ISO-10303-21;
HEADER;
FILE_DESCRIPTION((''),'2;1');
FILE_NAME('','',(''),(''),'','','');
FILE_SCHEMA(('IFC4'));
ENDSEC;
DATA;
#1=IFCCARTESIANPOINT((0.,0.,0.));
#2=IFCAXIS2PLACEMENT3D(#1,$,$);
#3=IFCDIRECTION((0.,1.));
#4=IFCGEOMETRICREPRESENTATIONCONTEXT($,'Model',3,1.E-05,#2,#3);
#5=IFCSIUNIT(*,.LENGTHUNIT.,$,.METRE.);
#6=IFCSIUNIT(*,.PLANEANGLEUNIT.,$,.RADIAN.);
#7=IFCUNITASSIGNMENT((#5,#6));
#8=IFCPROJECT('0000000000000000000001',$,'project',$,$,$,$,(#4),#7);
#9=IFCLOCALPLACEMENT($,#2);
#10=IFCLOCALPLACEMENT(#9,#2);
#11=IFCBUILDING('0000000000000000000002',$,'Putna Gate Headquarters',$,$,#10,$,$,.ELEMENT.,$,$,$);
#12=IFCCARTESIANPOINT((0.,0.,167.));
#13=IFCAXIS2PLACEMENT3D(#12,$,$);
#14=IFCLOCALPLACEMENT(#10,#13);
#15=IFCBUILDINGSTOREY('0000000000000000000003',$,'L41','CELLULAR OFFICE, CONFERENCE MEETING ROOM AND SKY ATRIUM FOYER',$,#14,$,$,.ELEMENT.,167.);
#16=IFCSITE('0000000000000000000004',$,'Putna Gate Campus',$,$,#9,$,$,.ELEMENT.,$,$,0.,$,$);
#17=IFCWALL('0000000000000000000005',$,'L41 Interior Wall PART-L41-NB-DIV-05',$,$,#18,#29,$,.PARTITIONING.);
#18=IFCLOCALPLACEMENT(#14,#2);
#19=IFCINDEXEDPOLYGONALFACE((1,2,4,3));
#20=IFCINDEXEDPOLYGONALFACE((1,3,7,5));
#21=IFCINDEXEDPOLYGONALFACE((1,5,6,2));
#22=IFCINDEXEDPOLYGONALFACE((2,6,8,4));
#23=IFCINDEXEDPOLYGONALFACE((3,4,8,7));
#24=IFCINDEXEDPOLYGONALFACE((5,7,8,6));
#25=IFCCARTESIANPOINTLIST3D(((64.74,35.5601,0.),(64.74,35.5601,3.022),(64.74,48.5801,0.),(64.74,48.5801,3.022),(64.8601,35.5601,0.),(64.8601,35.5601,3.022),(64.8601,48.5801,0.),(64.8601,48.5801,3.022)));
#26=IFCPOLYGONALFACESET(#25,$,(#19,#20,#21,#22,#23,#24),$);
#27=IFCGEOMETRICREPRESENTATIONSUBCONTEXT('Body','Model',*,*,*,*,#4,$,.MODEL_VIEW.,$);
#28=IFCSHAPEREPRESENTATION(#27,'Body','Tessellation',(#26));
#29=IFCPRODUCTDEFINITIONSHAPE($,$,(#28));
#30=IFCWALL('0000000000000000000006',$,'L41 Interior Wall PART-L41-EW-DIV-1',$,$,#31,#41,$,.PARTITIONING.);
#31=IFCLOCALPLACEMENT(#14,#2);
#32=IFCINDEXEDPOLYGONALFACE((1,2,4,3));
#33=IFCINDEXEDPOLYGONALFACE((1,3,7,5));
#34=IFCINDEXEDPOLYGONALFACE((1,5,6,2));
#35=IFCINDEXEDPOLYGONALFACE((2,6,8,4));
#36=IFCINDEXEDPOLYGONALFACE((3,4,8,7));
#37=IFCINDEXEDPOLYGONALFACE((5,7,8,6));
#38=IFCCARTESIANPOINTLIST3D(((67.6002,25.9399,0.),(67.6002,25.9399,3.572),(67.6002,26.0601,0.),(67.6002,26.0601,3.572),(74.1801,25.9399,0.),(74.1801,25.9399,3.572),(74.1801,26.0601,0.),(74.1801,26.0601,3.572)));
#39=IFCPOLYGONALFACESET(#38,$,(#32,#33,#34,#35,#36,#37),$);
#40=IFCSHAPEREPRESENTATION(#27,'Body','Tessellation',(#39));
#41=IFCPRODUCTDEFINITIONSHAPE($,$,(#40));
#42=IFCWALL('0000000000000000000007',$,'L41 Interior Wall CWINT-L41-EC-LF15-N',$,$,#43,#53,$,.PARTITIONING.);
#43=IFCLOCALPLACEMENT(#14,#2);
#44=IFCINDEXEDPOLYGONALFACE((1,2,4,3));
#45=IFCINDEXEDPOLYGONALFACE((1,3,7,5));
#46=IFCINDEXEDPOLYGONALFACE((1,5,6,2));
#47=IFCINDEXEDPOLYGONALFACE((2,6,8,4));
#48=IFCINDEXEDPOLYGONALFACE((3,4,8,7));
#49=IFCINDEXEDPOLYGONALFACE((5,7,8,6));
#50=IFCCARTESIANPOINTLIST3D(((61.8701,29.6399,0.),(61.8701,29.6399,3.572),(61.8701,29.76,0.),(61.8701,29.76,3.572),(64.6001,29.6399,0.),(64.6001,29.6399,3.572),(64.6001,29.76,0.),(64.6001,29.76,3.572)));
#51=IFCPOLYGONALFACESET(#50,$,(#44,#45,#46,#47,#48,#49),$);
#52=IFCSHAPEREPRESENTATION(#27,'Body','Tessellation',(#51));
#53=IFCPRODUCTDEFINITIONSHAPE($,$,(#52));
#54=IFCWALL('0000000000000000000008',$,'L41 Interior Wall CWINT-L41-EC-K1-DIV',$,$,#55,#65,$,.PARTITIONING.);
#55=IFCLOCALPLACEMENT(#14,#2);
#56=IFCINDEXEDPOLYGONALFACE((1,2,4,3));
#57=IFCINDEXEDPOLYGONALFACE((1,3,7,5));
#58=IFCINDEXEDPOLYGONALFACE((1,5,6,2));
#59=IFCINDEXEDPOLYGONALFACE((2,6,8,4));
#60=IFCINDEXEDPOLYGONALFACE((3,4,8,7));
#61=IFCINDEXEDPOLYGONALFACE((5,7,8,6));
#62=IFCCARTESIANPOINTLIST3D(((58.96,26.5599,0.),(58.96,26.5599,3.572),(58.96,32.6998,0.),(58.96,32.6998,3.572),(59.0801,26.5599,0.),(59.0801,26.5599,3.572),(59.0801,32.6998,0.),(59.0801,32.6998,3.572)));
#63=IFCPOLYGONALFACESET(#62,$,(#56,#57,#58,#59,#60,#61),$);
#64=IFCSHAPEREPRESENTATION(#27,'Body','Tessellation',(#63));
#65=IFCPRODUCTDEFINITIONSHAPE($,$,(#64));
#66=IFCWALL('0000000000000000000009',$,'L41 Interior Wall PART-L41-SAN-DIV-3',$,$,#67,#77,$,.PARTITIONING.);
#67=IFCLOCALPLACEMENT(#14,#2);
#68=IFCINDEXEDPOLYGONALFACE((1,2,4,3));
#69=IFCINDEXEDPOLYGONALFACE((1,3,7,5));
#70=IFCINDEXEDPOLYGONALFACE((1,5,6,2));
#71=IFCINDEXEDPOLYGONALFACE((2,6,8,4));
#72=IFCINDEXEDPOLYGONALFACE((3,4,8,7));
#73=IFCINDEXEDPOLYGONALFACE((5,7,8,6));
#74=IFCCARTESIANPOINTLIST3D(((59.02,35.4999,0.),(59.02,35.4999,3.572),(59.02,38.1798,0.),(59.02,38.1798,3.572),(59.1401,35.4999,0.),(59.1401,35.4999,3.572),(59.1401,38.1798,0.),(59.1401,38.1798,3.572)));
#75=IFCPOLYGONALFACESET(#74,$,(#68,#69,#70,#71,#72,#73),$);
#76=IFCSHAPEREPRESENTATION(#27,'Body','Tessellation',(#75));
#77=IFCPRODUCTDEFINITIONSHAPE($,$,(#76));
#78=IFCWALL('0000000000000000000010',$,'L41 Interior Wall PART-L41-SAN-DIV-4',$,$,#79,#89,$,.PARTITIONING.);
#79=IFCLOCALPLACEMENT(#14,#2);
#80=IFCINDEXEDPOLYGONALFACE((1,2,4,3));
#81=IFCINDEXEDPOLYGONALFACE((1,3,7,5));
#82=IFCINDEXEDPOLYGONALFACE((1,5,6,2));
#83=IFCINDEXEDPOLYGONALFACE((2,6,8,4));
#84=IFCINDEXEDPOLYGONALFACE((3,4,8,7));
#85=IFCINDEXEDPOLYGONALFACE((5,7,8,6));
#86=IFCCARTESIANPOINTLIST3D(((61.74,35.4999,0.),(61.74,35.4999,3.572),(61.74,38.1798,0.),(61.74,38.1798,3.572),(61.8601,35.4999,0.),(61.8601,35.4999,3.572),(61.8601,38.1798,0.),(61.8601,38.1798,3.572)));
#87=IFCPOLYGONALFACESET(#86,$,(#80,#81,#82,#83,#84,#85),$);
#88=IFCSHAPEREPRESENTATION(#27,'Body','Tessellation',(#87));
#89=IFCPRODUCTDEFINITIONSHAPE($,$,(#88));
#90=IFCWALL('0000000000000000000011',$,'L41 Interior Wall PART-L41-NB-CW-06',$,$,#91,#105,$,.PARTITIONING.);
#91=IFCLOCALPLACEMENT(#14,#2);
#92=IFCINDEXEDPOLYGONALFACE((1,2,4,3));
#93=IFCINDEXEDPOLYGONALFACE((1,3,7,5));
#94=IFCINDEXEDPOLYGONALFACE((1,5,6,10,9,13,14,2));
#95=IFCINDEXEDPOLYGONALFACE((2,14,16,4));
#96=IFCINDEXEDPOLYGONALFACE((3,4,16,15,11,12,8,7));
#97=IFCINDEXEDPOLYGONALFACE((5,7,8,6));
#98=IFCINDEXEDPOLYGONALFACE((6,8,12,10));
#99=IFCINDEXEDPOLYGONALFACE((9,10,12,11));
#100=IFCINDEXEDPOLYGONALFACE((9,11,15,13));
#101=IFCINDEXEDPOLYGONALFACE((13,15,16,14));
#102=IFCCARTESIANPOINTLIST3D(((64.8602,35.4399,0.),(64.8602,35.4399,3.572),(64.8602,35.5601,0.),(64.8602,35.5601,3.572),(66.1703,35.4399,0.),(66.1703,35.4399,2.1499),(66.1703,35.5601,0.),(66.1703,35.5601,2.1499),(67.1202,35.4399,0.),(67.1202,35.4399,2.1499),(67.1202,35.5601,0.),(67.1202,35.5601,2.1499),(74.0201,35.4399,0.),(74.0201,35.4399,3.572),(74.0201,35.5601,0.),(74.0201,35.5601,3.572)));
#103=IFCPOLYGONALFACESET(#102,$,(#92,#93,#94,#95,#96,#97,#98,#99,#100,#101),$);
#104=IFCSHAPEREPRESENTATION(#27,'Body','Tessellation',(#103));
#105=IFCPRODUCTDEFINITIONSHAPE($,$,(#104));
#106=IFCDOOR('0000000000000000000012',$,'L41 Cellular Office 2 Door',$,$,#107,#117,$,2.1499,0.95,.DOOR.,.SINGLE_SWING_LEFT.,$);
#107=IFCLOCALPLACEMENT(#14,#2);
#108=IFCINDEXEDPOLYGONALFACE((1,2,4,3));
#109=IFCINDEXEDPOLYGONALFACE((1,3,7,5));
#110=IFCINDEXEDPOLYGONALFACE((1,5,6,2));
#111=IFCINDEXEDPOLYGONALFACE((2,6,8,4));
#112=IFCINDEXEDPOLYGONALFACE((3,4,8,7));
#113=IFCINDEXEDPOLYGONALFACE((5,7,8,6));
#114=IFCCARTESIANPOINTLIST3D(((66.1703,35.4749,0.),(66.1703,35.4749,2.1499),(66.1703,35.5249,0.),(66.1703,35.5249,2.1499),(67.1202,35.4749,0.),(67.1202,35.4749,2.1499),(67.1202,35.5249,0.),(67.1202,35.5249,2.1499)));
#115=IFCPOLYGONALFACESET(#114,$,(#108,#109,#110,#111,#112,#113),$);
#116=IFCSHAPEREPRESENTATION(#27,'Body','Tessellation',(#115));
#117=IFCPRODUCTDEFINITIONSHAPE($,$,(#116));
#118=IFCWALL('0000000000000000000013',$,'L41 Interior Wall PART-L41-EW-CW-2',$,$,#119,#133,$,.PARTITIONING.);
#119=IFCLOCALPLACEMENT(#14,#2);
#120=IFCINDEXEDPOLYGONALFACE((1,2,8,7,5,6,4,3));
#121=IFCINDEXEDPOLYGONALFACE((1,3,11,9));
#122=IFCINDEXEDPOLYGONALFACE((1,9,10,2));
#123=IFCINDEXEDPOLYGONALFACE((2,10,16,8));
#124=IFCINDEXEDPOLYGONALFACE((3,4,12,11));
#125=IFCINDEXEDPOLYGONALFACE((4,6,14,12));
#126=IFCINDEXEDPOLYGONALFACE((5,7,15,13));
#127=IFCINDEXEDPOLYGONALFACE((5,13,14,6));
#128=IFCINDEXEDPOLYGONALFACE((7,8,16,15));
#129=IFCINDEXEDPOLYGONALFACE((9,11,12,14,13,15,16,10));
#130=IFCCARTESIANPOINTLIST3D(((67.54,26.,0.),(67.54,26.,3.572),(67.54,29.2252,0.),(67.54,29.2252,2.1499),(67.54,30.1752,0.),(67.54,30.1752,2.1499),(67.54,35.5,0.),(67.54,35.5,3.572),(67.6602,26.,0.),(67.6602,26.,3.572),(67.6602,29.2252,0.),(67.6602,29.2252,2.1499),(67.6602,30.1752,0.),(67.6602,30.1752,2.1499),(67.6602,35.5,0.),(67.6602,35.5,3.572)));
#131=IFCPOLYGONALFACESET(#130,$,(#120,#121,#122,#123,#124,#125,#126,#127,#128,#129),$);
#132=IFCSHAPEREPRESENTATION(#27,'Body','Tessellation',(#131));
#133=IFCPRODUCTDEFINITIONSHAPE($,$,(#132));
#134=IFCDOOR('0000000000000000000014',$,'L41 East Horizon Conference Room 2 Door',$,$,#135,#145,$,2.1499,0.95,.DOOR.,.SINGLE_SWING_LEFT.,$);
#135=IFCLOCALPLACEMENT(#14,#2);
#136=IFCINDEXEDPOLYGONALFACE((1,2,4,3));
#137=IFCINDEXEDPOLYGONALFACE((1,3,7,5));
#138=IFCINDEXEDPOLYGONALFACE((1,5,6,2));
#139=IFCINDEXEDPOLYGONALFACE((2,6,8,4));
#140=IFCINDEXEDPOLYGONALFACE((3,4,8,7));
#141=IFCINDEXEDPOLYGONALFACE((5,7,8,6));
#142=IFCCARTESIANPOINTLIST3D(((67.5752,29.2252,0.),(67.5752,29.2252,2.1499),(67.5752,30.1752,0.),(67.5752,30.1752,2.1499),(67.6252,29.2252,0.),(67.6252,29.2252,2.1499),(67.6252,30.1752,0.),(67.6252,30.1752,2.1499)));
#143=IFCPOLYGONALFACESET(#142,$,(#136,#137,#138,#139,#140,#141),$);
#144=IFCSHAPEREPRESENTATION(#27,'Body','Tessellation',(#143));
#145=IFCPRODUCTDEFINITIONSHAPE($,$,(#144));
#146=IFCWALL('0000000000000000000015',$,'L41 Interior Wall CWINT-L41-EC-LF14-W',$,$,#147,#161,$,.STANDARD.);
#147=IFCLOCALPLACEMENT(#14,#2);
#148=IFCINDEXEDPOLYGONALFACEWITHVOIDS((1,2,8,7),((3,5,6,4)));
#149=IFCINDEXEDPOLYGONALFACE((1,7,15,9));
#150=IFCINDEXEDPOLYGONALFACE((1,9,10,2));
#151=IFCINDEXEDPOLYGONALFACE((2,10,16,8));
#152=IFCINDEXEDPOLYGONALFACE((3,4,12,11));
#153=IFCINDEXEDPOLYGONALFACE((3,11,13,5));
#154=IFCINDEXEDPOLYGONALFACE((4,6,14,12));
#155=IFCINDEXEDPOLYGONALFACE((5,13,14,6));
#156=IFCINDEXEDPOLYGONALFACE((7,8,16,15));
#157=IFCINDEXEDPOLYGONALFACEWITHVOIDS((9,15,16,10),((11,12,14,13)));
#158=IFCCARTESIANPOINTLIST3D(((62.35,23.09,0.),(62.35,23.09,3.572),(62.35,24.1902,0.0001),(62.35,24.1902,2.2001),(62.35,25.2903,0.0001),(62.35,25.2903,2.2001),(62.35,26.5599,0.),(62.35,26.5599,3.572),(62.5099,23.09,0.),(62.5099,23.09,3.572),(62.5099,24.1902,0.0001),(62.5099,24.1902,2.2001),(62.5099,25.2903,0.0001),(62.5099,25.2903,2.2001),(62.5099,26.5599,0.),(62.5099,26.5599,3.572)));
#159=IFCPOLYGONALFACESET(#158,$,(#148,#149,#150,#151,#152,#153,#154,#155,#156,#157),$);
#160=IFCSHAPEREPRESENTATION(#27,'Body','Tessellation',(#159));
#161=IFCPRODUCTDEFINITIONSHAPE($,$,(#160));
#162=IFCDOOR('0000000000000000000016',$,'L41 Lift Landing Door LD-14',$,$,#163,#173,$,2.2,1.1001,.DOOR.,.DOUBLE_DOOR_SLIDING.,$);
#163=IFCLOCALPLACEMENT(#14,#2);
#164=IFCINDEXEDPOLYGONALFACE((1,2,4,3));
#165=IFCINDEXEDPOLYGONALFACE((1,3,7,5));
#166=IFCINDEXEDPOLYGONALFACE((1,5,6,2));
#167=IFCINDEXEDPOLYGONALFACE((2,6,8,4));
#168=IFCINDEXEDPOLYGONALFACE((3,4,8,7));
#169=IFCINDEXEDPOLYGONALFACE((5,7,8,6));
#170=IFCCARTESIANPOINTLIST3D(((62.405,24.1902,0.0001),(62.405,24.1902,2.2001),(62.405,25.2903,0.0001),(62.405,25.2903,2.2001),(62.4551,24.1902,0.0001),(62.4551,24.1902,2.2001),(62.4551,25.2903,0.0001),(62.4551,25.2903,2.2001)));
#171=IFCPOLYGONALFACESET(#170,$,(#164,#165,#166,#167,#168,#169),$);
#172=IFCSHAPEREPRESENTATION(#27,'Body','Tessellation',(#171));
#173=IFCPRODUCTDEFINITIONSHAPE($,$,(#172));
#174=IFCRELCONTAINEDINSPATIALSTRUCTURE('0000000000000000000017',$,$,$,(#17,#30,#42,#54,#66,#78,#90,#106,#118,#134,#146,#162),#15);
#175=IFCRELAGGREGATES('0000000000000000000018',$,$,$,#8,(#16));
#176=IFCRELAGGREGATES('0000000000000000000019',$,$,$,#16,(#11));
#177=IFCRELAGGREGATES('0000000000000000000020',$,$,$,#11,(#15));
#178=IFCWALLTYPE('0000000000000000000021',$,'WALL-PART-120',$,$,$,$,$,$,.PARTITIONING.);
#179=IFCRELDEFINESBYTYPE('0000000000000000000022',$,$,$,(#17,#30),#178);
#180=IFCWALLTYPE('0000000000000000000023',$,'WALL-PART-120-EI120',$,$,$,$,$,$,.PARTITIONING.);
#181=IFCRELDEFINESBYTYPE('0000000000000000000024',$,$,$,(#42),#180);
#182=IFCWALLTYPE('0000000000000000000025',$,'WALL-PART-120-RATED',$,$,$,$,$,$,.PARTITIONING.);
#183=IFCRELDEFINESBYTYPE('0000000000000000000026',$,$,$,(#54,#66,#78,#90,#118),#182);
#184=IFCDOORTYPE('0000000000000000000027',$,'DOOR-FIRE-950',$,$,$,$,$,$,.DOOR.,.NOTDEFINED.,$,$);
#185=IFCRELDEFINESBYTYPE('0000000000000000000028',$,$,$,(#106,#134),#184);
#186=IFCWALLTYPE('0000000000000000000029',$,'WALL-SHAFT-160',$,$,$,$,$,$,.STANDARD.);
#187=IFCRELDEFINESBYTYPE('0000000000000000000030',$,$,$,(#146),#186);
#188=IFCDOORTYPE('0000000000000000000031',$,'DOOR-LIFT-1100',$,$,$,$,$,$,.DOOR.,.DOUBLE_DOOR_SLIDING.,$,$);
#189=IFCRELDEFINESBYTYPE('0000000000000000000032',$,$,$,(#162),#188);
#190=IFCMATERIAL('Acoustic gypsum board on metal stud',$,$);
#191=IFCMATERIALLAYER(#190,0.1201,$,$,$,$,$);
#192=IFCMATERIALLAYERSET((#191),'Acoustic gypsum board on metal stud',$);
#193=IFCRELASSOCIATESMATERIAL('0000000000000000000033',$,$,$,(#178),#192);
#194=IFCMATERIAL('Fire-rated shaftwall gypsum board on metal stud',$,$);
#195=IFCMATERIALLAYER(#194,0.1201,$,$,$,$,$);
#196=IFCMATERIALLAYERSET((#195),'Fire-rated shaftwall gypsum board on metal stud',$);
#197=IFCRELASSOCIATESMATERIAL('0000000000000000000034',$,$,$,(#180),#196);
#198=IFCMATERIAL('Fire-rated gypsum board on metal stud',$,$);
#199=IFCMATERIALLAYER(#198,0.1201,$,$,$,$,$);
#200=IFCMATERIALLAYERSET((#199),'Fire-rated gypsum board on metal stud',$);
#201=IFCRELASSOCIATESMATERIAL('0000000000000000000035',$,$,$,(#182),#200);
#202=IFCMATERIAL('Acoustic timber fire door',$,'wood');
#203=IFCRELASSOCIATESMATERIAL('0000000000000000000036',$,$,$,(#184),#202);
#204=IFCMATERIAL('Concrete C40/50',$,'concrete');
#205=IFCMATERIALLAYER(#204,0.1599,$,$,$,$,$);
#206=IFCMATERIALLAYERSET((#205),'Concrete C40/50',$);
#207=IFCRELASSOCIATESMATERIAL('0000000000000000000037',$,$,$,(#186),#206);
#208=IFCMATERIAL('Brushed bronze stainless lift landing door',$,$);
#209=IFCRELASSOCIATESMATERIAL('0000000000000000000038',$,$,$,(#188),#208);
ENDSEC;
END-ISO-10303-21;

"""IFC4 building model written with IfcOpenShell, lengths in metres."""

from ifc_helpers import new_model, si_unit, direction, frame, frame_2d, origin, place, context, subcontext, project, spatial, rectangle, extrude, material, layer, layer_set, type_object, element, fill, save


model = new_model("IFC4")

# Units and contexts
model_context = context("Model", 3, precision=1e-05, world=origin(), true_north=direction((0.0, 1.0)))
body_context = subcontext(model_context, "Body", "Model", "MODEL_VIEW")
ifc_project = project(units=[si_unit("LENGTHUNIT", "METRE"), si_unit("PLANEANGLEUNIT", "RADIAN")], contexts=[model_context])

# Site, building, storey
site_placement = place(None, origin())
site = spatial("IfcSite", under=ifc_project, at=site_placement, Name="Putna Gate Campus", CompositionType="ELEMENT", RefElevation=0.0)
building_placement = place(site_placement, origin())
building = spatial("IfcBuilding", under=site, at=building_placement, Name="Putna Gate Headquarters", CompositionType="ELEMENT")
storey_placement = place(building_placement, frame((0.0, 0.0, 167.0)))
storey = spatial("IfcBuildingStorey", under=building, at=storey_placement, Name="L41", Description="CELLULAR OFFICE, CONFERENCE MEETING ROOM AND SKY ATRIUM FOYER", CompositionType="ELEMENT", Elevation=167.0)

# Walls
ifc_material_1 = material(Name="Acoustic gypsum board on metal stud")
ifc_layer_1 = layer(ifc_material_1, 0.1201)
ifc_layer_set_1 = layer_set([ifc_layer_1], Name="Acoustic gypsum board on metal stud")
wall_type_1 = type_object("IfcWallType", Name="WALL-PART-120", PredefinedType="PARTITIONING", material=ifc_layer_set_1)
wall_1_placement = place(storey_placement, frame((64.8, 35.5601, 0.0), z_axis=(0.0, 0.0, 1.0), x_axis=(0.0, 1.0, 0.0)))
element("IfcWall", 1, at=wall_1_placement, inside=storey, type_object=wall_type_1, Name="L41 Interior Wall PART-L41-NB-DIV-05", PredefinedType="PARTITIONING", context=body_context, shape_type="SweptSolid", body=[
    extrude(rectangle(XDim=13.02, YDim=0.1201, at=frame_2d((6.51, 0.0))), origin(), (0.0, 0.0, 1.0), 3.022),
])
wall_2_placement = place(storey_placement, frame((67.6001, 26.0, 0.0), z_axis=(0.0, 0.0, 1.0), x_axis=(1.0, 0.0, 0.0)))
element("IfcWall", 2, at=wall_2_placement, inside=storey, type_object=wall_type_1, Name="L41 Interior Wall PART-L41-EW-DIV-1", PredefinedType="PARTITIONING", context=body_context, shape_type="SweptSolid", body=[
    extrude(rectangle(XDim=6.5798, YDim=0.1201, at=frame_2d((3.29, 0.0))), origin(), (0.0, 0.0, 1.0), 3.572),
])
ifc_material_2 = material(Name="Fire-rated shaftwall gypsum board on metal stud")
ifc_layer_2 = layer(ifc_material_2, 0.1201)
ifc_layer_set_2 = layer_set([ifc_layer_2], Name="Fire-rated shaftwall gypsum board on metal stud")
wall_type_2 = type_object("IfcWallType", Name="WALL-PART-120-EI120", PredefinedType="PARTITIONING", material=ifc_layer_set_2)
wall_3_placement = place(storey_placement, frame((61.8701, 29.7, 0.0), z_axis=(0.0, 0.0, 1.0), x_axis=(1.0, 0.0, 0.0)))
element("IfcWall", 3, at=wall_3_placement, inside=storey, type_object=wall_type_2, Name="L41 Interior Wall CWINT-L41-EC-LF15-N", PredefinedType="PARTITIONING", context=body_context, shape_type="SweptSolid", body=[
    extrude(rectangle(XDim=2.73, YDim=0.1201, at=frame_2d((1.365, 0.0))), origin(), (0.0, 0.0, 1.0), 3.572),
])
ifc_material_3 = material(Name="Fire-rated gypsum board on metal stud")
ifc_layer_3 = layer(ifc_material_3, 0.1201)
ifc_layer_set_3 = layer_set([ifc_layer_3], Name="Fire-rated gypsum board on metal stud")
wall_type_3 = type_object("IfcWallType", Name="WALL-PART-120-RATED", PredefinedType="PARTITIONING", material=ifc_layer_set_3)
wall_4_placement = place(storey_placement, frame((59.02, 26.5601, 0.0), z_axis=(0.0, 0.0, 1.0), x_axis=(0.0, 1.0, 0.0)))
element("IfcWall", 4, at=wall_4_placement, inside=storey, type_object=wall_type_3, Name="L41 Interior Wall CWINT-L41-EC-K1-DIV", PredefinedType="PARTITIONING", context=body_context, shape_type="SweptSolid", body=[
    extrude(rectangle(XDim=6.1399, YDim=0.1201, at=frame_2d((3.0698, 0.0))), origin(), (0.0, 0.0, 1.0), 3.572),
])
for number, where, z_axis, x_axis, name in (
    (5, (59.0801, 35.5, 0.0), (0.0, 0.0, 1.0), (0.0, 1.0, 0.0), "L41 Interior Wall PART-L41-SAN-DIV-3"),
    (6, (61.8, 35.5, 0.0), (0.0, 0.0, 1.0), (0.0, 1.0, 0.0), "L41 Interior Wall PART-L41-SAN-DIV-4"),
):
    element("IfcWall", number, at=place(storey_placement, frame(where, z_axis=z_axis, x_axis=x_axis)), inside=storey, type_object=wall_type_3, Name=name, PredefinedType="PARTITIONING", context=body_context, shape_type="SweptSolid", body=[
        extrude(rectangle(XDim=2.6799, YDim=0.1201, at=frame_2d((1.3398, 0.0))), origin(), (0.0, 0.0, 1.0), 3.572),
    ])

# Walls, openings, doors
wall_5_placement = place(storey_placement, frame((64.8601, 35.5, 0.0), z_axis=(0.0, 0.0, 1.0), x_axis=(1.0, 0.0, 0.0)))
wall_5 = element("IfcWall", 7, at=wall_5_placement, inside=storey, type_object=wall_type_3, Name="L41 Interior Wall PART-L41-NB-CW-06", PredefinedType="PARTITIONING", context=body_context, shape_type="SweptSolid", body=[
    extrude(rectangle(XDim=9.1599, YDim=0.1201, at=frame_2d((4.5801, 0.0))), origin(), (0.0, 0.0, 1.0), 3.572),
])
opening_1_placement = place(wall_5_placement, frame((1.3101, 0.0, 0.0)))
opening_1 = element("IfcOpeningElement", 8, at=opening_1_placement, cuts=wall_5, PredefinedType="OPENING", context=body_context, shape_type="SweptSolid", body=[
    extrude(rectangle(XDim=0.95, YDim=2.1499, at=frame_2d((0.4751, 1.075))), frame((0.0, 0.0701, 0.0), z_axis=(0.0, -1.0, 0.0), x_axis=(1.0, 0.0, 0.0)), (0.0, 0.0, 1.0), 0.1401),
])
ifc_material_4 = material(Name="Acoustic timber fire door", Category="wood")
door_type_1 = type_object("IfcDoorType", Name="DOOR-FIRE-950", OperationType="NOTDEFINED", PredefinedType="DOOR", material=ifc_material_4)
door_1_placement = place(opening_1_placement, origin())
door_1 = element("IfcDoor", 9, at=door_1_placement, inside=storey, type_object=door_type_1, Name="L41 Cellular Office 2 Door", OperationType="SINGLE_SWING_LEFT", OverallHeight=2.1499, OverallWidth=0.95, PredefinedType="DOOR", context=body_context, shape_type="SweptSolid", body=[
    extrude(rectangle(XDim=0.95, YDim=2.1499, at=frame_2d((0.4751, 1.075))), frame((0.0, 0.0249, 0.0), z_axis=(0.0, -1.0, 0.0), x_axis=(1.0, 0.0, 0.0)), (0.0, 0.0, 1.0), 0.05),
])
fill(opening_1, door_1)
wall_6_placement = place(storey_placement, frame((67.6001, 26.0, 0.0), z_axis=(0.0, 0.0, 1.0), x_axis=(0.0, 1.0, 0.0)))
wall_6 = element("IfcWall", 10, at=wall_6_placement, inside=storey, type_object=wall_type_3, Name="L41 Interior Wall PART-L41-EW-CW-2", PredefinedType="PARTITIONING", context=body_context, shape_type="SweptSolid", body=[
    extrude(rectangle(XDim=9.5, YDim=0.1201, at=frame_2d((4.75, 0.0))), origin(), (0.0, 0.0, 1.0), 3.572),
])
opening_2_placement = place(wall_6_placement, frame((3.2251, 0.0, 0.0)))
opening_2 = element("IfcOpeningElement", 11, at=opening_2_placement, cuts=wall_6, PredefinedType="OPENING", context=body_context, shape_type="SweptSolid", body=[
    extrude(rectangle(XDim=0.95, YDim=2.1499, at=frame_2d((0.4751, 1.075))), frame((0.0, 0.0701, 0.0), z_axis=(0.0, -1.0, 0.0), x_axis=(1.0, 0.0, 0.0)), (0.0, 0.0, 1.0), 0.1401),
])
door_2_placement = place(opening_2_placement, origin())
door_2 = element("IfcDoor", 12, at=door_2_placement, inside=storey, type_object=door_type_1, Name="L41 East Horizon Conference Room 2 Door", OperationType="SINGLE_SWING_LEFT", OverallHeight=2.1499, OverallWidth=0.95, PredefinedType="DOOR", context=body_context, shape_type="SweptSolid", body=[
    extrude(rectangle(XDim=0.95, YDim=2.1499, at=frame_2d((0.4751, 1.075))), frame((0.0, 0.0249, 0.0), z_axis=(0.0, -1.0, 0.0), x_axis=(1.0, 0.0, 0.0)), (0.0, 0.0, 1.0), 0.05),
])
fill(opening_2, door_2)
ifc_material_5 = material(Name="Concrete C40/50", Category="concrete")
ifc_layer_4 = layer(ifc_material_5, 0.1599)
ifc_layer_set_4 = layer_set([ifc_layer_4], Name="Concrete C40/50")
wall_type_4 = type_object("IfcWallType", Name="WALL-SHAFT-160", PredefinedType="STANDARD", material=ifc_layer_set_4)
wall_7_placement = place(storey_placement, frame((62.4299, 23.0901, 0.0), z_axis=(0.0, 0.0, 1.0), x_axis=(0.0, 1.0, 0.0)))
wall_7 = element("IfcWall", 13, at=wall_7_placement, inside=storey, type_object=wall_type_4, Name="L41 Interior Wall CWINT-L41-EC-LF14-W", PredefinedType="STANDARD", context=body_context, shape_type="SweptSolid", body=[
    extrude(rectangle(XDim=3.47, YDim=0.1599, at=frame_2d((1.7349, 0.0))), origin(), (0.0, 0.0, 1.0), 3.572),
])
opening_3_placement = place(wall_7_placement, frame((1.1001, 0.0, 0.0)))
opening_3 = element("IfcOpeningElement", 14, at=opening_3_placement, cuts=wall_7, PredefinedType="OPENING", context=body_context, shape_type="SweptSolid", body=[
    extrude(rectangle(XDim=1.1001, YDim=2.2, at=frame_2d((0.55, 1.1001))), frame((0.0, 0.0898, 0.0), z_axis=(0.0, -1.0, 0.0), x_axis=(1.0, 0.0, 0.0)), (0.0, 0.0, 1.0), 0.1799),
])
ifc_material_6 = material(Name="Brushed bronze stainless lift landing door")
door_type_2 = type_object("IfcDoorType", Name="DOOR-LIFT-1100", OperationType="DOUBLE_DOOR_SLIDING", PredefinedType="DOOR", material=ifc_material_6)
door_3_placement = place(opening_3_placement, origin())
door_3 = element("IfcDoor", 15, at=door_3_placement, inside=storey, type_object=door_type_2, Name="L41 Lift Landing Door LD-14", OperationType="DOUBLE_DOOR_SLIDING", OverallHeight=2.2, OverallWidth=1.1001, PredefinedType="DOOR", context=body_context, shape_type="SweptSolid", body=[
    extrude(rectangle(XDim=1.1001, YDim=2.2, at=frame_2d((0.55, 1.1001))), frame((0.0, 0.0249, 0.0), z_axis=(0.0, -1.0, 0.0), x_axis=(1.0, 0.0, 0.0)), (0.0, 0.0, 1.0), 0.05),
])
fill(opening_3, door_3)

save(model, "model.ifc")
